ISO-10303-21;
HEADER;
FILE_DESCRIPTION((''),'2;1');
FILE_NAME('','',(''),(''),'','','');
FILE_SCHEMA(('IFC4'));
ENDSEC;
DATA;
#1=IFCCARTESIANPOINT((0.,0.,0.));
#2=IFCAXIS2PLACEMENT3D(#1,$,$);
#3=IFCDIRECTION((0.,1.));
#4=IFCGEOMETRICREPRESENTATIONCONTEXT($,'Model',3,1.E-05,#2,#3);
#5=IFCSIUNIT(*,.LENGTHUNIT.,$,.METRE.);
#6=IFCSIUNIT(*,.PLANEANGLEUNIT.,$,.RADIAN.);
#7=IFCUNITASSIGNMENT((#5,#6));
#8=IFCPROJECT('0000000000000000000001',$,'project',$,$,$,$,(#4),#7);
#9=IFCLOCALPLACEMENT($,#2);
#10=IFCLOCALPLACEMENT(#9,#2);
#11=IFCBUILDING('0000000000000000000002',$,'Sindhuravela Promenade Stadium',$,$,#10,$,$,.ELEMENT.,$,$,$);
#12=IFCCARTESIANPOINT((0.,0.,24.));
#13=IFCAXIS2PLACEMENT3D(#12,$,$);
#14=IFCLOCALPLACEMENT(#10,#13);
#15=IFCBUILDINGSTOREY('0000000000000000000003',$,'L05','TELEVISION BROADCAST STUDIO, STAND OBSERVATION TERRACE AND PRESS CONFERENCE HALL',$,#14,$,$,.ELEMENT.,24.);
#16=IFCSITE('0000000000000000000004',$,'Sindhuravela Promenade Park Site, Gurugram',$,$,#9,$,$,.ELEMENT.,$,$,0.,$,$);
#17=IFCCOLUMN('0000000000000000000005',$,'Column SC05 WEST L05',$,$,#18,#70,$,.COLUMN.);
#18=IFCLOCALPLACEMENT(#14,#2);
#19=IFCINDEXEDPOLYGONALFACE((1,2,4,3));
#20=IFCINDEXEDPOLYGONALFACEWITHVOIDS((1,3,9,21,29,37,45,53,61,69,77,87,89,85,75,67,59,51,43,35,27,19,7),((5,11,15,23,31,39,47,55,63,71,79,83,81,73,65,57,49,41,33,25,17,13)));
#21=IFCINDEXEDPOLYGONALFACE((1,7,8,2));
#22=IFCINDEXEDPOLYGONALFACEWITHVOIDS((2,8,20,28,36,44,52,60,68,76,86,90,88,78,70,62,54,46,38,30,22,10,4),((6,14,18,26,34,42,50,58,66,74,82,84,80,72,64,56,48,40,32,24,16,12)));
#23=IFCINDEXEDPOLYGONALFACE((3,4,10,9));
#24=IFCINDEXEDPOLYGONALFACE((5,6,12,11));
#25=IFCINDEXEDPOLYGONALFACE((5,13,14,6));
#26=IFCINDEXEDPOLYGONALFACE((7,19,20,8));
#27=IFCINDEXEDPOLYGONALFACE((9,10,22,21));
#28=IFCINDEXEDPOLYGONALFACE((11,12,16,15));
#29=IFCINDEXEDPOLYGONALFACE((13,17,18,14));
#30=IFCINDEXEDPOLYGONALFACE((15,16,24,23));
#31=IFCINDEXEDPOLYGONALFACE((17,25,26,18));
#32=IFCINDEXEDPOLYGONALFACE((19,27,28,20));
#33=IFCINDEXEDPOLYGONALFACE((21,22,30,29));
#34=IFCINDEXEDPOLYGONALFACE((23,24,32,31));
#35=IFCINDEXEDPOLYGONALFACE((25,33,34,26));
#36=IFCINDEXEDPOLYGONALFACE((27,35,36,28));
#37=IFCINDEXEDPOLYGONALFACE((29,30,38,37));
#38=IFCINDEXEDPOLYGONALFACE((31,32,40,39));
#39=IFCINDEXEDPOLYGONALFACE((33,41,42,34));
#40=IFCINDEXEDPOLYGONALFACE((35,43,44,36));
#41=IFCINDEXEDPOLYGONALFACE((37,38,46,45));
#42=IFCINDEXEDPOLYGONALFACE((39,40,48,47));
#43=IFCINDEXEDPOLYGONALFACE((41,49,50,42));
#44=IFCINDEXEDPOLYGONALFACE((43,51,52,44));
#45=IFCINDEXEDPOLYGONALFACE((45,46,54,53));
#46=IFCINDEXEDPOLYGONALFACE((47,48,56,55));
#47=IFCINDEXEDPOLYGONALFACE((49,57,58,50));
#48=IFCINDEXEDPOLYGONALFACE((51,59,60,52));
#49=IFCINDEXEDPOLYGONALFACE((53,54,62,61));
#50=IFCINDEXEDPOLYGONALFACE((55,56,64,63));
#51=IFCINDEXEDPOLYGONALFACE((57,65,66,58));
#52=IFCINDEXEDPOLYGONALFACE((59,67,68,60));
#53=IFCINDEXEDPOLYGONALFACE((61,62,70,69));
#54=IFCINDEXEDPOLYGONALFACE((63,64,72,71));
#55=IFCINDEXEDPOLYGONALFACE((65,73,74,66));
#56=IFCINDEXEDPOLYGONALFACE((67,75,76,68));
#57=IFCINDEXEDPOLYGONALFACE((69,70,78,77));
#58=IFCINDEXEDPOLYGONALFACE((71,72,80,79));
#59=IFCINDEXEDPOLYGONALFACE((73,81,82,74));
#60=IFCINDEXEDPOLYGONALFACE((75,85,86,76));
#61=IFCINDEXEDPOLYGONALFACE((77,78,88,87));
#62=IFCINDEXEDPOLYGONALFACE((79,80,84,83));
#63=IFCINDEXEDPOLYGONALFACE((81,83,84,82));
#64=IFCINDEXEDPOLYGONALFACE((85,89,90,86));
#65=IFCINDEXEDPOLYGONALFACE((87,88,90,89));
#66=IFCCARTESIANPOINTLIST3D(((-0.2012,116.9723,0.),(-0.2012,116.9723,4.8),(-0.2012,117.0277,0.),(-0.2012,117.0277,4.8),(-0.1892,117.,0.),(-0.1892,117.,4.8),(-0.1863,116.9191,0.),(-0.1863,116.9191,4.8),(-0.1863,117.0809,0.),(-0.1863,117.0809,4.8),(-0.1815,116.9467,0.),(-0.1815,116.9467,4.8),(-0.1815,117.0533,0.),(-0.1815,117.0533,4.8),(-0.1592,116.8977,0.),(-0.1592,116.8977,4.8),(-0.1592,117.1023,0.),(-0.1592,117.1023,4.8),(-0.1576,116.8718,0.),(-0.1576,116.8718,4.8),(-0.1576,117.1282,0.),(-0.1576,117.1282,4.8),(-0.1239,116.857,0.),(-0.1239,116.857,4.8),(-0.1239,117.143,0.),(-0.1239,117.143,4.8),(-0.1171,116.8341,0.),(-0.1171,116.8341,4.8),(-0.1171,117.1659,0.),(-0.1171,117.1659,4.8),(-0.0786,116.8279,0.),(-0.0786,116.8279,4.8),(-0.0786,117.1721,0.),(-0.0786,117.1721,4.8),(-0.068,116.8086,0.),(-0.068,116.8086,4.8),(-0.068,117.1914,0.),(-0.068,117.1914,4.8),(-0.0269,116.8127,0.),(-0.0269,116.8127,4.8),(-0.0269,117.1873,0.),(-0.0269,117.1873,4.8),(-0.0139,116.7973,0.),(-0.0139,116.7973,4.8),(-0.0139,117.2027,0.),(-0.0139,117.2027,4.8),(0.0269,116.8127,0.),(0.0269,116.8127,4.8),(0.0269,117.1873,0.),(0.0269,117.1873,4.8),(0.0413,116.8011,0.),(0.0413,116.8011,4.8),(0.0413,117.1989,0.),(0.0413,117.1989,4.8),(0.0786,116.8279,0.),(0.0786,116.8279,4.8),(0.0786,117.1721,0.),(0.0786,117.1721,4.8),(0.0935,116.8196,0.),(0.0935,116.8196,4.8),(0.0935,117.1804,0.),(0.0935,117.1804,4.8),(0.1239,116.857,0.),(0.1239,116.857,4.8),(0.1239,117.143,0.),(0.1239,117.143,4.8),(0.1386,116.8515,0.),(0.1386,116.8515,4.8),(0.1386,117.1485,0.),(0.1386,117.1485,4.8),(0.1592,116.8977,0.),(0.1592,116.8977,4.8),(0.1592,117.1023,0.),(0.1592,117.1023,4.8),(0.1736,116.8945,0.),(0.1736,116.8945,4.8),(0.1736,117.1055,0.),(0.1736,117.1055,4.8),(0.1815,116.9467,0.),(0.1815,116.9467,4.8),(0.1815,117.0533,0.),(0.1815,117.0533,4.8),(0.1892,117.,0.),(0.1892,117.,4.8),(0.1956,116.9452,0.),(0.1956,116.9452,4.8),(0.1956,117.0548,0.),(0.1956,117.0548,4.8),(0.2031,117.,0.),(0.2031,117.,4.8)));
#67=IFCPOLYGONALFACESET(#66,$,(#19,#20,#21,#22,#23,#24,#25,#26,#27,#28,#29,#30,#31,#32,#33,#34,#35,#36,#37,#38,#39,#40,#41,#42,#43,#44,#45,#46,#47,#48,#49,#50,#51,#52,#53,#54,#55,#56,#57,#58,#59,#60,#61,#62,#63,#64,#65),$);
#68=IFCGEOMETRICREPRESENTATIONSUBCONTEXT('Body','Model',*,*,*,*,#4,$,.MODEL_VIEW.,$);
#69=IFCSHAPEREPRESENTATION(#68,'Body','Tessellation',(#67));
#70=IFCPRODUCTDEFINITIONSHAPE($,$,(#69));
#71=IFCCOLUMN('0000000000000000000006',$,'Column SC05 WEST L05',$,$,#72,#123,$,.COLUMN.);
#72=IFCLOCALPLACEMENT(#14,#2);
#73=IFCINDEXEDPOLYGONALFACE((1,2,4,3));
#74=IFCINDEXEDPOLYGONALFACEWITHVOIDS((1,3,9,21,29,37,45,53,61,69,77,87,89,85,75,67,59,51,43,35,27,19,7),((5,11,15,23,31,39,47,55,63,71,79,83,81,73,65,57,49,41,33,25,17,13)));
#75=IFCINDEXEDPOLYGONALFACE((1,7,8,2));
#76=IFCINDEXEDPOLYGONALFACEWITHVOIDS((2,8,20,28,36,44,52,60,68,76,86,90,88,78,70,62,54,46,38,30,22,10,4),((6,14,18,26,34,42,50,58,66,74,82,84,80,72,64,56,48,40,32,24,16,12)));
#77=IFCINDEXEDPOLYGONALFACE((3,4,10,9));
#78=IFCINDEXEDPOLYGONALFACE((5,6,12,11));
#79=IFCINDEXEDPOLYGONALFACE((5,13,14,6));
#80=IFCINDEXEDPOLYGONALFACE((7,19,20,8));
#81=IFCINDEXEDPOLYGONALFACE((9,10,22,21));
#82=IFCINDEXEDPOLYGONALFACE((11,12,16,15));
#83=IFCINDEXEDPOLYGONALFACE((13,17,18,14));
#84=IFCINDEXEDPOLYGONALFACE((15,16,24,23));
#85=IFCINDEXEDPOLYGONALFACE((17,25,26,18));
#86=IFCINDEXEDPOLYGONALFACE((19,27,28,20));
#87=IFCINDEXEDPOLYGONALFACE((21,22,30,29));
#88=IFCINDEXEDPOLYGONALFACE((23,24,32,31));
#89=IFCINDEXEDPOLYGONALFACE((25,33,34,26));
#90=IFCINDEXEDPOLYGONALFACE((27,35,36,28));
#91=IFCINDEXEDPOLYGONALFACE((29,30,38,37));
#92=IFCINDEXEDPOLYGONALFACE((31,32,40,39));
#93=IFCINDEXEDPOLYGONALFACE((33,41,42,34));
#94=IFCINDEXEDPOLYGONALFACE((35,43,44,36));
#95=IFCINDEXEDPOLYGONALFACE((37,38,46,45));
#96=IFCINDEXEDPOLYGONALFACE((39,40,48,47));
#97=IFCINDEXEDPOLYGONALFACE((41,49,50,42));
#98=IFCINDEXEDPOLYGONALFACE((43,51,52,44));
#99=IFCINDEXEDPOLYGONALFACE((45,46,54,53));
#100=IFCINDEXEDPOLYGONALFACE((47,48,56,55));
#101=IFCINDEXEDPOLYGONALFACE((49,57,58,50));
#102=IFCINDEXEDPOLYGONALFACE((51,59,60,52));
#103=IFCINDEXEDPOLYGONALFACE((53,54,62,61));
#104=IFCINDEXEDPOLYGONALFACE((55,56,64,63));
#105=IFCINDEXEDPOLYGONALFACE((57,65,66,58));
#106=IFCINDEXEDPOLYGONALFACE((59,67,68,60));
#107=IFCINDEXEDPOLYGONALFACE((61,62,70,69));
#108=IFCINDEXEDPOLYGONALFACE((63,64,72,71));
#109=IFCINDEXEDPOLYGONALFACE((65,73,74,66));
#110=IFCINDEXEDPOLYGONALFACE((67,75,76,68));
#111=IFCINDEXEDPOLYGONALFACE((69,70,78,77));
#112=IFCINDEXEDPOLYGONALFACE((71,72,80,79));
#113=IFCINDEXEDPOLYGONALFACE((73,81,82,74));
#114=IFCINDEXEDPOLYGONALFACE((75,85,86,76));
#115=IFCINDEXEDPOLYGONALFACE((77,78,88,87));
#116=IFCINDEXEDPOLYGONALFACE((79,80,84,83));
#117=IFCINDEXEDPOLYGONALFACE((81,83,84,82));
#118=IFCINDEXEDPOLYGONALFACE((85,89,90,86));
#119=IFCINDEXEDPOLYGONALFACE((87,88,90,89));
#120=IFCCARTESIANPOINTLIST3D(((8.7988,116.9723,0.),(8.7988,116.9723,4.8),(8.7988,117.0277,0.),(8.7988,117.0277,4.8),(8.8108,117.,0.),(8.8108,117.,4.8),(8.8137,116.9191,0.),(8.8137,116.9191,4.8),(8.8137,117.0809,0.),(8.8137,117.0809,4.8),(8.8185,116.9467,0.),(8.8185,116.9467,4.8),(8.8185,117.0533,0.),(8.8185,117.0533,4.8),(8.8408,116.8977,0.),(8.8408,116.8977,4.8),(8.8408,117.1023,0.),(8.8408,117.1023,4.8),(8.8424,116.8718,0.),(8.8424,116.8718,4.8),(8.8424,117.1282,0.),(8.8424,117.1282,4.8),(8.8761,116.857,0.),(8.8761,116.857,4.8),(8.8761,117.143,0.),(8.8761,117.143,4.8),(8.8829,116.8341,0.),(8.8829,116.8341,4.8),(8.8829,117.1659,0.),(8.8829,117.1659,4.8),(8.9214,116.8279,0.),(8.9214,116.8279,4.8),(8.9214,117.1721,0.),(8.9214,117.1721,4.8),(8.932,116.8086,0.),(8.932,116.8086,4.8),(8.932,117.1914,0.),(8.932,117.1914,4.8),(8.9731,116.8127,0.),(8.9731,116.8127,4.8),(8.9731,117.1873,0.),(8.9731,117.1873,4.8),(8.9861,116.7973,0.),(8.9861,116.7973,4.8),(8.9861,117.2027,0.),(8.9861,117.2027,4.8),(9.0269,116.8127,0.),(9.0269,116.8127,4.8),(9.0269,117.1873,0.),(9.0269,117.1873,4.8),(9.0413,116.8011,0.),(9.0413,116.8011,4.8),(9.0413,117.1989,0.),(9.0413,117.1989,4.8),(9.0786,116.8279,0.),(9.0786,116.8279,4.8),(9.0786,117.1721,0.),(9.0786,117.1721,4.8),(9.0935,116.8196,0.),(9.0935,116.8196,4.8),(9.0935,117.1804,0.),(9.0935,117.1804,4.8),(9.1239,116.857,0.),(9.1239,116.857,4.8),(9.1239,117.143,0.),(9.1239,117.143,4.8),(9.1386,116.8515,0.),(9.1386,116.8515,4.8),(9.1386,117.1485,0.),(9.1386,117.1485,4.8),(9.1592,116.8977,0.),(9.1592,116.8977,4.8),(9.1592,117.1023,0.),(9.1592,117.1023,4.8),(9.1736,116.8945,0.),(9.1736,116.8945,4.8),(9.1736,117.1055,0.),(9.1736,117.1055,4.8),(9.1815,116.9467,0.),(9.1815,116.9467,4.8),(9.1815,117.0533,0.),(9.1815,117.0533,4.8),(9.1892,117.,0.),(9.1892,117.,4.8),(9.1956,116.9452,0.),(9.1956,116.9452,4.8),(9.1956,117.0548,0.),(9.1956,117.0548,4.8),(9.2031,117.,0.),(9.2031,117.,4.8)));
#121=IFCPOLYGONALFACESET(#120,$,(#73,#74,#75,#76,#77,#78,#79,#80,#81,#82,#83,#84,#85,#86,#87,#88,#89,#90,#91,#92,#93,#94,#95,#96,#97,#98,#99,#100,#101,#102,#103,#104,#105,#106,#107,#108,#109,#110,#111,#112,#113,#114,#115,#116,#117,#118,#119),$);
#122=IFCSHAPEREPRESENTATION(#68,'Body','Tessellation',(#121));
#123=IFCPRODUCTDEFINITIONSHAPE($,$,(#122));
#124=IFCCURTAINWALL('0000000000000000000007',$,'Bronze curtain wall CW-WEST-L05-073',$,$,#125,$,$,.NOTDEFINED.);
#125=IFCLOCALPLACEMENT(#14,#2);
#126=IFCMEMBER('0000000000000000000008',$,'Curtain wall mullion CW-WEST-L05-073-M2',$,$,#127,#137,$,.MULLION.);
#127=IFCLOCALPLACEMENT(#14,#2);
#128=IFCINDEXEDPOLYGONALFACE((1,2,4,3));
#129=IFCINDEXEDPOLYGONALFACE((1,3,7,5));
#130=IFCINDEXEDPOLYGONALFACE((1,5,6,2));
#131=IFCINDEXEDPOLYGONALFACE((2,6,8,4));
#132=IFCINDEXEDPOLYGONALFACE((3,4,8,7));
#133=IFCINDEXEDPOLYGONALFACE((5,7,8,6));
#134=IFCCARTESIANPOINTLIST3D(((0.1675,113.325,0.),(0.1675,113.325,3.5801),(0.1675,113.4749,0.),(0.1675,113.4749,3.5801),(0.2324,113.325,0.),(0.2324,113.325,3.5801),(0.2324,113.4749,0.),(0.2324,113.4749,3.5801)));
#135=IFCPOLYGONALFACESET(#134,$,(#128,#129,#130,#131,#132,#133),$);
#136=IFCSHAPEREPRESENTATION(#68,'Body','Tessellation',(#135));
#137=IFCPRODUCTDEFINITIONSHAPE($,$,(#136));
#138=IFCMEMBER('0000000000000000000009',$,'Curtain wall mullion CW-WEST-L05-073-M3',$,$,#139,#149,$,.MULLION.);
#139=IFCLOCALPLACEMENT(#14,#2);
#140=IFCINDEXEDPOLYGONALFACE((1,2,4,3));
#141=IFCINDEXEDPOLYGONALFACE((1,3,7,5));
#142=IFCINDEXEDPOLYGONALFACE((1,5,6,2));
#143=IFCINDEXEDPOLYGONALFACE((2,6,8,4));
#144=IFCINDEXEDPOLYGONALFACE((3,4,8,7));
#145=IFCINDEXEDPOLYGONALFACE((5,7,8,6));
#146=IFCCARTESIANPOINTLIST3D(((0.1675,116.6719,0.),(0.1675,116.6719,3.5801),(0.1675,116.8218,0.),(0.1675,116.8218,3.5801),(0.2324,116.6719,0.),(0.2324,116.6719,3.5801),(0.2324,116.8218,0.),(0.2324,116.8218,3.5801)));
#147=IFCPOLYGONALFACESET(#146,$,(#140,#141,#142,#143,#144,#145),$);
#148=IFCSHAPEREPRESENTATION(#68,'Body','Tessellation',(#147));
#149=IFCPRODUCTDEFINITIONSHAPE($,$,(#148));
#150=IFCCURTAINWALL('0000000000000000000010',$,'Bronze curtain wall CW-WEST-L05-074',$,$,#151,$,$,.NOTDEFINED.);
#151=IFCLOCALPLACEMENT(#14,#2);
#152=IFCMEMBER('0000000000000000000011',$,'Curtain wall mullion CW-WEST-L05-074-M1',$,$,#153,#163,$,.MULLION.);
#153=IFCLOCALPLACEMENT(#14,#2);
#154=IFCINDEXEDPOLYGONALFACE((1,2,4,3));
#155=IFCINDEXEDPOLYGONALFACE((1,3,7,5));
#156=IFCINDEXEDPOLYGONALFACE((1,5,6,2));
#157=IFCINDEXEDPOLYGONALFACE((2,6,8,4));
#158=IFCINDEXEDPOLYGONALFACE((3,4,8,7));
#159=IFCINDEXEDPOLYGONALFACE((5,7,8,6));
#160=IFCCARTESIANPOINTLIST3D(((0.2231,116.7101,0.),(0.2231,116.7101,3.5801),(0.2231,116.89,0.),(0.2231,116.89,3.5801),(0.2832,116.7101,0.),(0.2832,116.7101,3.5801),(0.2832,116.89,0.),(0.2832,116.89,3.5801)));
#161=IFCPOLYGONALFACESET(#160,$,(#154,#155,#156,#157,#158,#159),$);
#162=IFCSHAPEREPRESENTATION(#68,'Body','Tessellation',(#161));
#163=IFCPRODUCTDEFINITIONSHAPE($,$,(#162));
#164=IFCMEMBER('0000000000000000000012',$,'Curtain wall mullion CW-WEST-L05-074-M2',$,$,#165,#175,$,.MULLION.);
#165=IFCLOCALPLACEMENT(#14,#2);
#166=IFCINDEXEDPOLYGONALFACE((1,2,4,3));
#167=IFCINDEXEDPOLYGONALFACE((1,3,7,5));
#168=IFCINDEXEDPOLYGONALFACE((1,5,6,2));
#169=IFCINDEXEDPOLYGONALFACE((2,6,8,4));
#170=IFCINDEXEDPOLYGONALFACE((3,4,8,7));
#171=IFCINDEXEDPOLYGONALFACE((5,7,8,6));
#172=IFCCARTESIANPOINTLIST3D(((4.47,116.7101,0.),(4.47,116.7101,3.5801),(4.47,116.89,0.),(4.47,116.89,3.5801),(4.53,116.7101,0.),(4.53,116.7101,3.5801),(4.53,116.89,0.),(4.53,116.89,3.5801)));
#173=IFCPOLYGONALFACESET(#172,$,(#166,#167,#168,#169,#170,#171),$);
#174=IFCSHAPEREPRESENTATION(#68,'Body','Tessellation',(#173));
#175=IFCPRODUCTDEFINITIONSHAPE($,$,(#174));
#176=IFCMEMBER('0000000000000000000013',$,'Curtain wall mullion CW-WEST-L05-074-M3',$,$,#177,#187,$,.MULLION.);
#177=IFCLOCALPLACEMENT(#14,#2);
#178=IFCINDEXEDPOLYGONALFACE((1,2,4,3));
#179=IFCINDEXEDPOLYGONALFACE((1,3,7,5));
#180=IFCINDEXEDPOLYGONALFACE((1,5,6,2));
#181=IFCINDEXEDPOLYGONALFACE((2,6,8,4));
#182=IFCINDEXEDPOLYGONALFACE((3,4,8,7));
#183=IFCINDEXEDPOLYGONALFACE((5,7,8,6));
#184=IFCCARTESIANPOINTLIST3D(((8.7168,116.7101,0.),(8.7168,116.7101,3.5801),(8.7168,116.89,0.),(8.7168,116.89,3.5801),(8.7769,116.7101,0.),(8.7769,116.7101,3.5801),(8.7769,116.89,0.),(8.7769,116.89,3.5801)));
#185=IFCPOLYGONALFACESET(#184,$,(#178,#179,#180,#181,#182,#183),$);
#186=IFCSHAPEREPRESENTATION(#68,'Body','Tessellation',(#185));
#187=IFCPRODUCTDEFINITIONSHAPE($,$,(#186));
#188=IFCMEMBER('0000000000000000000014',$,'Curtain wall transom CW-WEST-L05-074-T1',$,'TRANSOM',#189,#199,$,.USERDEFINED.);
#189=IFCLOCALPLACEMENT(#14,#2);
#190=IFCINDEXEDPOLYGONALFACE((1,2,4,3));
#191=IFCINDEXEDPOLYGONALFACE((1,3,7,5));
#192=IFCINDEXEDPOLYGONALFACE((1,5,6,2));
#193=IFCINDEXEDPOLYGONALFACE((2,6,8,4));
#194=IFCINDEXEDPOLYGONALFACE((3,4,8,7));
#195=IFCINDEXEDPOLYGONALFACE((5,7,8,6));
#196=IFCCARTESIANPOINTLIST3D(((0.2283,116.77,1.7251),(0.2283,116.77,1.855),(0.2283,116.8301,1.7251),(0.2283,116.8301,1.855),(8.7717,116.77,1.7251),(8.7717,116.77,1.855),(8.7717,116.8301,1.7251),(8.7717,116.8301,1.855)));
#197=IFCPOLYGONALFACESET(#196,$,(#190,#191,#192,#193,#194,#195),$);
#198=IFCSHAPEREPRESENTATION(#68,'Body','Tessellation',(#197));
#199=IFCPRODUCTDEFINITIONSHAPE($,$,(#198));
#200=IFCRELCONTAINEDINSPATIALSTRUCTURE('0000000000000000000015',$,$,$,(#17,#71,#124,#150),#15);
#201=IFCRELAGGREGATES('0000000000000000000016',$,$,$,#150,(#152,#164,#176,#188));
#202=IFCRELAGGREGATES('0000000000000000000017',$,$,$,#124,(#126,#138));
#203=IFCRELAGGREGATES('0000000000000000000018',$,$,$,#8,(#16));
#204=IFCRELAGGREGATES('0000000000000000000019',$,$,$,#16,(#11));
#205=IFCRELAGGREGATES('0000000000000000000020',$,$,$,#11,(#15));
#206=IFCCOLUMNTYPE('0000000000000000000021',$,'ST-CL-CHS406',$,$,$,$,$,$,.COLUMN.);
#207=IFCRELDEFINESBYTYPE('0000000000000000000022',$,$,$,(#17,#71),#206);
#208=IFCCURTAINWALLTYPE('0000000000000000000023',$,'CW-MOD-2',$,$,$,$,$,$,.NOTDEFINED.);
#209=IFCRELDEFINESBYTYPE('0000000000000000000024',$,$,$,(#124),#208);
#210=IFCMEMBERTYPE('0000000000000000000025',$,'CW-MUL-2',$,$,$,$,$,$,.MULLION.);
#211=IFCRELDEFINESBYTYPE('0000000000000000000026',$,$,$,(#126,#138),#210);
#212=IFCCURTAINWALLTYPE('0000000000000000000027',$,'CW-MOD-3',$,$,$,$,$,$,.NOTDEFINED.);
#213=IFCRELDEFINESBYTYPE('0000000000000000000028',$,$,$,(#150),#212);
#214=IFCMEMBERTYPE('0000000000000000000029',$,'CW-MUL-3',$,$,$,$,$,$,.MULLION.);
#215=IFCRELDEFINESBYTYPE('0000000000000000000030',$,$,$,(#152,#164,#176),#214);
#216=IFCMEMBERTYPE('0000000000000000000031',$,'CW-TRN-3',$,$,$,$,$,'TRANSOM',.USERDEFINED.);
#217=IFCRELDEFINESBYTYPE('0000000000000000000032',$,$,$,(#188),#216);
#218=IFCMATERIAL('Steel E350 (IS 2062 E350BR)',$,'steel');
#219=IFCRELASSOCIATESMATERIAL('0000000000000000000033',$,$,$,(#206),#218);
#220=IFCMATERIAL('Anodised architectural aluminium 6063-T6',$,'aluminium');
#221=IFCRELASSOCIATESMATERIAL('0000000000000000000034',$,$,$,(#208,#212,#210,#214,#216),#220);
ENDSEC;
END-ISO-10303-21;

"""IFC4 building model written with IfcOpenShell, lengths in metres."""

from ifc_helpers import new_model, si_unit, direction, frame, origin, origin_2d, place, context, subcontext, project, spatial, rectangle, hollow_circle, extrude, material, material_profile, profile_set, type_object, element, aggregate, save


model = new_model("IFC4")

# Units and contexts
model_context = context("Model", 3, precision=1e-05, world=origin(), true_north=direction((0.0, 1.0)))
body_context = subcontext(model_context, "Body", "Model", "MODEL_VIEW")
ifc_project = project(units=[si_unit("LENGTHUNIT", "METRE"), si_unit("PLANEANGLEUNIT", "RADIAN")], contexts=[model_context])

# Site, building, storey
site_placement = place(None, origin())
site = spatial("IfcSite", under=ifc_project, at=site_placement, Name="Sindhuravela Promenade Park Site, Gurugram", CompositionType="ELEMENT", RefElevation=0.0)
building_placement = place(site_placement, origin())
building = spatial("IfcBuilding", under=site, at=building_placement, Name="Sindhuravela Promenade Stadium", CompositionType="ELEMENT")
storey_placement = place(building_placement, frame((0.0, 0.0, 24.0)))
storey = spatial("IfcBuildingStorey", under=building, at=storey_placement, Name="L05", Description="TELEVISION BROADCAST STUDIO, STAND OBSERVATION TERRACE AND PRESS CONFERENCE HALL", CompositionType="ELEMENT", Elevation=24.0)

# Columns
ifc_material_1 = material(Name="Steel E350 (IS 2062 E350BR)", Category="steel")
ifc_material_profile_1 = material_profile(ifc_material_1, hollow_circle(Radius=0.2031, WallThickness=0.0139, at=origin_2d()), Name="CHS 406.4x14")
ifc_profile_set_1 = profile_set([ifc_material_profile_1], Name="Steel E350 (IS 2062 E350BR)")
column_type = type_object("IfcColumnType", Name="ST-CL-CHS406", PredefinedType="COLUMN", material=ifc_profile_set_1)
for number, where, z_axis, x_axis, name in (
    (1, (0.0, 117.0, 0.0), (0.0, 0.0, 1.0), (1.0, 0.0, 0.0), "Column SC05 WEST L05"),
    (2, (9.0, 117.0, 0.0), (0.0, 0.0, 1.0), (1.0, 0.0, 0.0), "Column SC05 WEST L05"),
):
    element("IfcColumn", number, at=place(storey_placement, frame(where, z_axis=z_axis, x_axis=x_axis)), inside=storey, type_object=column_type, Name=name, PredefinedType="COLUMN", context=body_context, shape_type="SweptSolid", body=[
        extrude(hollow_circle(Radius=0.2031, WallThickness=0.0139, at=origin_2d()), origin(), (0.0, 0.0, 1.0), 4.8),
    ])

# Curtain walls, members
ifc_material_2 = material(Name="Anodised architectural aluminium 6063-T6", Category="aluminium")
curtain_wall_type_1 = type_object("IfcCurtainWallType", Name="CW-MOD-2", PredefinedType="NOTDEFINED", material=ifc_material_2)
curtain_wall_1_placement = place(storey_placement, origin())
curtain_wall_1 = element("IfcCurtainWall", 3, at=curtain_wall_1_placement, inside=storey, type_object=curtain_wall_type_1, Name="Bronze curtain wall CW-WEST-L05-073", PredefinedType="NOTDEFINED")
ifc_material_profile_2 = material_profile(ifc_material_2, rectangle(XDim=0.0649, YDim=0.1499, at=origin_2d()), Name="ALU MULL 65x150")
ifc_profile_set_2 = profile_set([ifc_material_profile_2], Name="Anodised architectural aluminium 6063-T6")
member_type_1 = type_object("IfcMemberType", Name="CW-MUL-2", PredefinedType="MULLION", material=ifc_profile_set_2)
member_1_placement = place(storey_placement, frame((0.2, 113.3999, 0.0), z_axis=(0.0, 0.0, 1.0), x_axis=(1.0, 0.0, 0.0)))
member_1 = element("IfcMember", 4, at=member_1_placement, type_object=member_type_1, Name="Curtain wall mullion CW-WEST-L05-073-M2", PredefinedType="MULLION", context=body_context, shape_type="SweptSolid", body=[
    extrude(rectangle(XDim=0.0649, YDim=0.1499, at=origin_2d()), origin(), (0.0, 0.0, 1.0), 3.5801),
])
member_2_placement = place(storey_placement, frame((0.2, 116.7468, 0.0), z_axis=(0.0, 0.0, 1.0), x_axis=(1.0, 0.0, 0.0)))
member_2 = element("IfcMember", 5, at=member_2_placement, type_object=member_type_1, Name="Curtain wall mullion CW-WEST-L05-073-M3", PredefinedType="MULLION", context=body_context, shape_type="SweptSolid", body=[
    extrude(rectangle(XDim=0.0649, YDim=0.1499, at=origin_2d()), origin(), (0.0, 0.0, 1.0), 3.5801),
])
curtain_wall_type_2 = type_object("IfcCurtainWallType", Name="CW-MOD-3", PredefinedType="NOTDEFINED", material=ifc_material_2)
curtain_wall_2_placement = place(storey_placement, origin())
curtain_wall_2 = element("IfcCurtainWall", 6, at=curtain_wall_2_placement, inside=storey, type_object=curtain_wall_type_2, Name="Bronze curtain wall CW-WEST-L05-074", PredefinedType="NOTDEFINED")
ifc_material_profile_3 = material_profile(ifc_material_2, rectangle(XDim=0.0601, YDim=0.1799, at=origin_2d()), Name="ALU M60x180")
ifc_profile_set_3 = profile_set([ifc_material_profile_3], Name="Anodised architectural aluminium 6063-T6")
member_type_2 = type_object("IfcMemberType", Name="CW-MUL-3", PredefinedType="MULLION", material=ifc_profile_set_3)
member_3_placement = place(storey_placement, frame((0.2532, 116.8, 0.0), z_axis=(0.0, 0.0, 1.0), x_axis=(1.0, 0.0, 0.0)))
member_3 = element("IfcMember", 7, at=member_3_placement, type_object=member_type_2, Name="Curtain wall mullion CW-WEST-L05-074-M1", PredefinedType="MULLION", context=body_context, shape_type="SweptSolid", body=[
    extrude(rectangle(XDim=0.0601, YDim=0.1799, at=origin_2d()), origin(), (0.0, 0.0, 1.0), 3.5801),
])
member_4_placement = place(storey_placement, frame((4.5, 116.8, 0.0), z_axis=(0.0, 0.0, 1.0), x_axis=(1.0, 0.0, 0.0)))
member_4 = element("IfcMember", 8, at=member_4_placement, type_object=member_type_2, Name="Curtain wall mullion CW-WEST-L05-074-M2", PredefinedType="MULLION", context=body_context, shape_type="SweptSolid", body=[
    extrude(rectangle(XDim=0.0601, YDim=0.1799, at=origin_2d()), origin(), (0.0, 0.0, 1.0), 3.5801),
])
member_5_placement = place(storey_placement, frame((8.7468, 116.8, 0.0), z_axis=(0.0, 0.0, 1.0), x_axis=(1.0, 0.0, 0.0)))
member_5 = element("IfcMember", 9, at=member_5_placement, type_object=member_type_2, Name="Curtain wall mullion CW-WEST-L05-074-M3", PredefinedType="MULLION", context=body_context, shape_type="SweptSolid", body=[
    extrude(rectangle(XDim=0.0601, YDim=0.1799, at=origin_2d()), origin(), (0.0, 0.0, 1.0), 3.5801),
])
ifc_material_profile_4 = material_profile(ifc_material_2, rectangle(XDim=0.0601, YDim=0.1299, at=origin_2d()), Name="ALU T60x130")
ifc_profile_set_4 = profile_set([ifc_material_profile_4], Name="Anodised architectural aluminium 6063-T6")
member_type_3 = type_object("IfcMemberType", Name="CW-TRN-3", ElementType="TRANSOM", PredefinedType="USERDEFINED", material=ifc_profile_set_4)
member_6_placement = place(storey_placement, frame((0.2283, 116.8, 1.79), z_axis=(1.0, 0.0, 0.0), x_axis=(0.0, 1.0, 0.0)))
member_6 = element("IfcMember", 10, at=member_6_placement, type_object=member_type_3, Name="Curtain wall transom CW-WEST-L05-074-T1", ObjectType="TRANSOM", PredefinedType="USERDEFINED", context=body_context, shape_type="SweptSolid", body=[
    extrude(rectangle(XDim=0.0601, YDim=0.1299, at=origin_2d()), origin(), (0.0, 0.0, 1.0), 8.5435),
])

aggregate(curtain_wall_2, [member_3, member_4, member_5, member_6])
aggregate(curtain_wall_1, [member_1, member_2])

save(model, "model.ifc")
